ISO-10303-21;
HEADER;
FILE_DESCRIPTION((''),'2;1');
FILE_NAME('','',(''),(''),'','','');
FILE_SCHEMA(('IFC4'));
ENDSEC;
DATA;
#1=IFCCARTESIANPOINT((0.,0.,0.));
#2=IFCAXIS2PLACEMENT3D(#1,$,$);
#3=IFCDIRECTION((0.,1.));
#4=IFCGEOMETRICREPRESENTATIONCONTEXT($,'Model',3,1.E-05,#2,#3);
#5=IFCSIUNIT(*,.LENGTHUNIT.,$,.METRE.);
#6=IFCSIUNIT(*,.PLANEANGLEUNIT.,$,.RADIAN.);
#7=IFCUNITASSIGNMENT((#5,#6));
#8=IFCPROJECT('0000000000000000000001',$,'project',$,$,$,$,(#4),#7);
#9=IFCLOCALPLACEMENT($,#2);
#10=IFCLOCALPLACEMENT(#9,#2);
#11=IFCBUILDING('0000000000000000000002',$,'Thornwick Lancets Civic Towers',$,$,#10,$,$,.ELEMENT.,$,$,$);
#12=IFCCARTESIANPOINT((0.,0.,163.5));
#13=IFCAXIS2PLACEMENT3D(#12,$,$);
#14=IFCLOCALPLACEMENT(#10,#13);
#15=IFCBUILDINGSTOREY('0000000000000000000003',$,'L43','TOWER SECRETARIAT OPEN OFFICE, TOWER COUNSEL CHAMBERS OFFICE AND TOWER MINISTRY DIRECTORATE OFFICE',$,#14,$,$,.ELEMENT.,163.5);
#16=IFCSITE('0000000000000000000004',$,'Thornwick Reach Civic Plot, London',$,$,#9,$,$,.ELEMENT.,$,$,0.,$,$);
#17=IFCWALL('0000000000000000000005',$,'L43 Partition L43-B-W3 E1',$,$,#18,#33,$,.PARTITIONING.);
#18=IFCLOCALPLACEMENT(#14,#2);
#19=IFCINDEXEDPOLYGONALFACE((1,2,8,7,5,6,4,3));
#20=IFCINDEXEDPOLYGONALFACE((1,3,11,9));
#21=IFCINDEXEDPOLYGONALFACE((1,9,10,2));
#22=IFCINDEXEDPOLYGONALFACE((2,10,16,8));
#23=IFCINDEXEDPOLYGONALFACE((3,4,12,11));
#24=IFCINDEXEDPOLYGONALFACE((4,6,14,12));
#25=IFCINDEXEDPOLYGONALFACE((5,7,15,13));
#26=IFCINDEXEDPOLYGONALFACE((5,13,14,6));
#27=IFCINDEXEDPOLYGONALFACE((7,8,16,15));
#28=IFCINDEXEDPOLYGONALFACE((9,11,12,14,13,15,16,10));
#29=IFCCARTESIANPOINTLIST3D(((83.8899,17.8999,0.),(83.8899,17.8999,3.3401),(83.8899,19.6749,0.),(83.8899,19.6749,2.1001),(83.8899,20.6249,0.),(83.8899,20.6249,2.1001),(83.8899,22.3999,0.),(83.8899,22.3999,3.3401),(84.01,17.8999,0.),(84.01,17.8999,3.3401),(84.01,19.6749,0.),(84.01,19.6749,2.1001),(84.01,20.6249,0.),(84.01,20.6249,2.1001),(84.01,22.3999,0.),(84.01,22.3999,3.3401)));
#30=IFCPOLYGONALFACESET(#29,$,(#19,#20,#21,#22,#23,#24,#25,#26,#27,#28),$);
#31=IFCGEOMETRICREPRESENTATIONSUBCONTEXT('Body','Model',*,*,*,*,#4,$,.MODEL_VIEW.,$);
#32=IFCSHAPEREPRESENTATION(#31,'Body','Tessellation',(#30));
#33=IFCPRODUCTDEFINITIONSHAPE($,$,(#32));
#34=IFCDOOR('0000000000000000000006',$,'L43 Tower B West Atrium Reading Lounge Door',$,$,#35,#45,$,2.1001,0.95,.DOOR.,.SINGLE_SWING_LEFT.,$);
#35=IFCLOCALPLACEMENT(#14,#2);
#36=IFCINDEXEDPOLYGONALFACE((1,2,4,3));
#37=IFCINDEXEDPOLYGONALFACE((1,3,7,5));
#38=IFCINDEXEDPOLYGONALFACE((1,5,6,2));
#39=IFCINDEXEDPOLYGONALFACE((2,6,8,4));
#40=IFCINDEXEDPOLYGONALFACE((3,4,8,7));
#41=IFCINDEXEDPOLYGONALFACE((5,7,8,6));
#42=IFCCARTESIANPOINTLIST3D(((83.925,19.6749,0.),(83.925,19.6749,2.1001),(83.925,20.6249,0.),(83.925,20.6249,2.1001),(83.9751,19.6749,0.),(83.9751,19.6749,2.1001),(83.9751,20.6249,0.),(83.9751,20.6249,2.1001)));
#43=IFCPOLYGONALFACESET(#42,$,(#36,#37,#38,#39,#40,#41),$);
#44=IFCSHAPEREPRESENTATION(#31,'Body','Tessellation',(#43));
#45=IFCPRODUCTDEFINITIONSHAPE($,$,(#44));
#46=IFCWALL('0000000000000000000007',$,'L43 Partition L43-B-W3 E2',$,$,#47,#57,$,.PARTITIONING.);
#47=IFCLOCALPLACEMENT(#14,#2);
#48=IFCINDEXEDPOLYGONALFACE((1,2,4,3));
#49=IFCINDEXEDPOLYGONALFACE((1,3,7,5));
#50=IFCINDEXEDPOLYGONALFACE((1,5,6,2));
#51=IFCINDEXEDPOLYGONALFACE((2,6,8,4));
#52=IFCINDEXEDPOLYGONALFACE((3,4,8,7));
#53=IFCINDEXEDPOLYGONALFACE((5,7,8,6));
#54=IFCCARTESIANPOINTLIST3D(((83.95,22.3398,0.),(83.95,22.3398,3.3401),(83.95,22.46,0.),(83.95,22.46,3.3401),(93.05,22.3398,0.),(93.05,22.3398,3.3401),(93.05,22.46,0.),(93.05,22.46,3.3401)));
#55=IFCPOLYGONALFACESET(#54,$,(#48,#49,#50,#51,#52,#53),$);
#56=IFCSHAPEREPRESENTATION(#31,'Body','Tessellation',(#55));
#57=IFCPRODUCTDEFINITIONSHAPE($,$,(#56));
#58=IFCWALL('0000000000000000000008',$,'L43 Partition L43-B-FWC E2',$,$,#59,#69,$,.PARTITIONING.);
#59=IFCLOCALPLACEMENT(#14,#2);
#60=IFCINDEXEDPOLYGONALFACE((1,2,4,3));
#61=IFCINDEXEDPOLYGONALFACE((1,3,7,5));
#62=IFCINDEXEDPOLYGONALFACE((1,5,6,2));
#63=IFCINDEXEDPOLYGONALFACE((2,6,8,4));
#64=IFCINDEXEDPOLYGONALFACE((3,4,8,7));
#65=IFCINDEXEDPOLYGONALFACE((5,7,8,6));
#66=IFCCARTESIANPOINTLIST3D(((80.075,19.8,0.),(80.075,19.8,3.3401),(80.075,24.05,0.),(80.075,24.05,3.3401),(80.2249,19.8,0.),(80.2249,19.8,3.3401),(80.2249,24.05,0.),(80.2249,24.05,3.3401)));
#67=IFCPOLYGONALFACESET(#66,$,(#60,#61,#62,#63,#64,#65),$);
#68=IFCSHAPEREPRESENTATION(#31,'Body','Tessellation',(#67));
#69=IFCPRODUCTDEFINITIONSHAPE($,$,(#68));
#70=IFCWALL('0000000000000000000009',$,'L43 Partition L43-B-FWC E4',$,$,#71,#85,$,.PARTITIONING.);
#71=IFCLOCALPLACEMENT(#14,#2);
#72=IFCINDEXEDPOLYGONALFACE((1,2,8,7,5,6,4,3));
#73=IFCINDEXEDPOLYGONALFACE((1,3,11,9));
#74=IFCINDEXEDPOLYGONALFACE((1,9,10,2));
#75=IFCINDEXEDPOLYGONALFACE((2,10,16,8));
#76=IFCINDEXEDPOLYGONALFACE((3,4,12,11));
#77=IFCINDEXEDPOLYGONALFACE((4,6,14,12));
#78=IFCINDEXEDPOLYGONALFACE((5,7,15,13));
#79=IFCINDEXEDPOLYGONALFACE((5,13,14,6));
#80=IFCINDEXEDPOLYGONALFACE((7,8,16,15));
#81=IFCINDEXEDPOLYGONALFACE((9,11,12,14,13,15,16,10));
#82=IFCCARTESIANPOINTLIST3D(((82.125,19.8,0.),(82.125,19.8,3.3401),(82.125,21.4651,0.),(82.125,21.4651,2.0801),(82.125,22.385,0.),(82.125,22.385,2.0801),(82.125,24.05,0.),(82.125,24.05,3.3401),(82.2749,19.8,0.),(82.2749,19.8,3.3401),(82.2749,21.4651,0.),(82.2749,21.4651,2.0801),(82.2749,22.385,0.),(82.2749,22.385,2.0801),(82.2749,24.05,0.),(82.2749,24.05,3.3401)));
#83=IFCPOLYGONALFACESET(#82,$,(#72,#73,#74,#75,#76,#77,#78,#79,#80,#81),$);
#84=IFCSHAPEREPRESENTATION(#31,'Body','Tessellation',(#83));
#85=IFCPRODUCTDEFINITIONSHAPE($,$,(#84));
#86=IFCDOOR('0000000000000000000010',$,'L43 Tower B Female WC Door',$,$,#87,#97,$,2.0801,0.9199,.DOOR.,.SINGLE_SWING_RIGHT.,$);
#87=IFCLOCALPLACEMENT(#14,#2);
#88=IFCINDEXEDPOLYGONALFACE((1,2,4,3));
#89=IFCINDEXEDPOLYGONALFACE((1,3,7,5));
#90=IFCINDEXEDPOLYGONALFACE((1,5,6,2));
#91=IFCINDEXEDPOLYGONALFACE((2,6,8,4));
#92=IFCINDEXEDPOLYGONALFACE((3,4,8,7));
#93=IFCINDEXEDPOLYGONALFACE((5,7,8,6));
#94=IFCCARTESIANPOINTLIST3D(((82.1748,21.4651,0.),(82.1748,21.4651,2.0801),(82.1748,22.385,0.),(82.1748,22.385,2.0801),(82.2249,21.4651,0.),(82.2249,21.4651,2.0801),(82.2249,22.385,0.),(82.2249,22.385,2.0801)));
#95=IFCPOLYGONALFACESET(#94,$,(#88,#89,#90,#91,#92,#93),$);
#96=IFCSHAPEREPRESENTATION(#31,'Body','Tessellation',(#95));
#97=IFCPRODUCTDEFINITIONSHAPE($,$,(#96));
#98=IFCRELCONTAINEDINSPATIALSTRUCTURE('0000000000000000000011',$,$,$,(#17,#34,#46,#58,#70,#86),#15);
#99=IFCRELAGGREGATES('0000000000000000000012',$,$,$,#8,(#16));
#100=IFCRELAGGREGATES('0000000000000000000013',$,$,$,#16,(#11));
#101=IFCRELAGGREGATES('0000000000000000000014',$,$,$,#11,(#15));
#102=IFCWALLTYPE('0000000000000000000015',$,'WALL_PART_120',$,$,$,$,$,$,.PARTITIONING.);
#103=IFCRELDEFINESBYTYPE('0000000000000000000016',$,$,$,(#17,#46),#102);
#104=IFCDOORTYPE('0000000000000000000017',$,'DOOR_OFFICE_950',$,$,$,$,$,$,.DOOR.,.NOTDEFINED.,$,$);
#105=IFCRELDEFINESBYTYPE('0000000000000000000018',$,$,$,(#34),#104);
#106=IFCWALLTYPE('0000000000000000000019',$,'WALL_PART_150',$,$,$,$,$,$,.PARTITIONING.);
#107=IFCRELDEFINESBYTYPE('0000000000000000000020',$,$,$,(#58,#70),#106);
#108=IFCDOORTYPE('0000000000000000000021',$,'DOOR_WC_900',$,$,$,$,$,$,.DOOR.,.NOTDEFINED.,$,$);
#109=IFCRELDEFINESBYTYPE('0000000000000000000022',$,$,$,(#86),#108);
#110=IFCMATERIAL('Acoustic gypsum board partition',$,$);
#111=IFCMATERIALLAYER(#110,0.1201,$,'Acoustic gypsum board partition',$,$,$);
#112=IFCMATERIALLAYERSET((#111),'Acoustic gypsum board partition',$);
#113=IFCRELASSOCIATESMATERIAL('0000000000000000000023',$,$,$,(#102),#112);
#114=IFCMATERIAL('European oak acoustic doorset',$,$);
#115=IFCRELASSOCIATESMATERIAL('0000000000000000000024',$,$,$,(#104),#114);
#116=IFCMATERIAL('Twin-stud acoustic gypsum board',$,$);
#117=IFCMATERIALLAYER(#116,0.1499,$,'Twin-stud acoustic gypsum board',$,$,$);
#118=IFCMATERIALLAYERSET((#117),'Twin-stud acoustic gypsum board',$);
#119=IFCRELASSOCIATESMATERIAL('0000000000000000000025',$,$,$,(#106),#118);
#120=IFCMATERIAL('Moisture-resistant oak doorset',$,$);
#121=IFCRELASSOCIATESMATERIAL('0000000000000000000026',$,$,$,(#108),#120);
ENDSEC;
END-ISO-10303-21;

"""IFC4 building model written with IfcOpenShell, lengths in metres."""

from ifc_helpers import new_model, si_unit, direction, frame, frame_2d, origin, place, context, subcontext, project, spatial, rectangle, extrude, material, layer, layer_set, type_object, element, fill, save


model = new_model("IFC4")

# Units and contexts
model_context = context("Model", 3, precision=1e-05, world=origin(), true_north=direction((0.0, 1.0)))
body_context = subcontext(model_context, "Body", "Model", "MODEL_VIEW")
ifc_project = project(units=[si_unit("LENGTHUNIT", "METRE"), si_unit("PLANEANGLEUNIT", "RADIAN")], contexts=[model_context])

# Site, building, storey
site_placement = place(None, origin())
site = spatial("IfcSite", under=ifc_project, at=site_placement, Name="Thornwick Reach Civic Plot, London", CompositionType="ELEMENT", RefElevation=0.0)
building_placement = place(site_placement, origin())
building = spatial("IfcBuilding", under=site, at=building_placement, Name="Thornwick Lancets Civic Towers", CompositionType="ELEMENT")
storey_placement = place(building_placement, frame((0.0, 0.0, 163.5)))
storey = spatial("IfcBuildingStorey", under=building, at=storey_placement, Name="L43", Description="TOWER SECRETARIAT OPEN OFFICE, TOWER COUNSEL CHAMBERS OFFICE AND TOWER MINISTRY DIRECTORATE OFFICE", CompositionType="ELEMENT", Elevation=163.5)

# Wall, opening, door
ifc_material_1 = material(Name="Acoustic gypsum board partition")
ifc_layer_1 = layer(ifc_material_1, 0.1201, Name="Acoustic gypsum board partition")
ifc_layer_set_1 = layer_set([ifc_layer_1], Name="Acoustic gypsum board partition")
wall_type_1 = type_object("IfcWallType", Name="WALL_PART_120", PredefinedType="PARTITIONING", material=ifc_layer_set_1)
wall_1_placement = place(storey_placement, frame((83.95, 17.8999, 0.0), z_axis=(0.0, 0.0, 1.0), x_axis=(0.0, 1.0, 0.0)))
wall_1 = element("IfcWall", 1, at=wall_1_placement, inside=storey, type_object=wall_type_1, Name="L43 Partition L43-B-W3 E1", PredefinedType="PARTITIONING", context=body_context, shape_type="SweptSolid", body=[
    extrude(rectangle(XDim=4.5, YDim=0.1201, at=frame_2d((2.25, 0.0))), origin(), (0.0, 0.0, 1.0), 3.3401),
])
opening_1_placement = place(wall_1_placement, frame((1.7749, 0.0, 0.0)))
opening_1 = element("IfcOpeningElement", 2, at=opening_1_placement, cuts=wall_1, PredefinedType="OPENING", context=body_context, shape_type="SweptSolid", body=[
    extrude(rectangle(XDim=0.95, YDim=2.1001, at=frame_2d((0.4751, 1.05))), frame((0.0, 0.0701, 0.0), z_axis=(0.0, -1.0, 0.0), x_axis=(1.0, 0.0, 0.0)), (0.0, 0.0, 1.0), 0.1401),
])
ifc_material_2 = material(Name="European oak acoustic doorset")
door_type_1 = type_object("IfcDoorType", Name="DOOR_OFFICE_950", OperationType="NOTDEFINED", PredefinedType="DOOR", material=ifc_material_2)
door_1_placement = place(opening_1_placement, origin())
door_1 = element("IfcDoor", 3, at=door_1_placement, inside=storey, type_object=door_type_1, Name="L43 Tower B West Atrium Reading Lounge Door", OperationType="SINGLE_SWING_LEFT", OverallHeight=2.1001, OverallWidth=0.95, PredefinedType="DOOR", context=body_context, shape_type="SweptSolid", body=[
    extrude(rectangle(XDim=0.95, YDim=2.1001, at=frame_2d((0.4751, 1.05))), frame((0.0, 0.0249, 0.0), z_axis=(0.0, -1.0, 0.0), x_axis=(1.0, 0.0, 0.0)), (0.0, 0.0, 1.0), 0.05),
])
fill(opening_1, door_1)

# Walls
wall_2_placement = place(storey_placement, frame((83.95, 22.3999, 0.0), z_axis=(0.0, 0.0, 1.0), x_axis=(1.0, 0.0, 0.0)))
element("IfcWall", 4, at=wall_2_placement, inside=storey, type_object=wall_type_1, Name="L43 Partition L43-B-W3 E2", PredefinedType="PARTITIONING", context=body_context, shape_type="SweptSolid", body=[
    extrude(rectangle(XDim=9.1001, YDim=0.1201, at=frame_2d((4.55, 0.0))), origin(), (0.0, 0.0, 1.0), 3.3401),
])
ifc_material_3 = material(Name="Twin-stud acoustic gypsum board")
ifc_layer_2 = layer(ifc_material_3, 0.1499, Name="Twin-stud acoustic gypsum board")
ifc_layer_set_2 = layer_set([ifc_layer_2], Name="Twin-stud acoustic gypsum board")
wall_type_2 = type_object("IfcWallType", Name="WALL_PART_150", PredefinedType="PARTITIONING", material=ifc_layer_set_2)
wall_3_placement = place(storey_placement, frame((80.1499, 19.8, 0.0), z_axis=(0.0, 0.0, 1.0), x_axis=(0.0, 1.0, 0.0)))
element("IfcWall", 5, at=wall_3_placement, inside=storey, type_object=wall_type_2, Name="L43 Partition L43-B-FWC E2", PredefinedType="PARTITIONING", context=body_context, shape_type="SweptSolid", body=[
    extrude(rectangle(XDim=4.25, YDim=0.1499, at=frame_2d((2.125, 0.0))), origin(), (0.0, 0.0, 1.0), 3.3401),
])

# Wall, opening, door
wall_4_placement = place(storey_placement, frame((82.2, 24.05, 0.0), z_axis=(0.0, 0.0, 1.0), x_axis=(0.0, -1.0, 0.0)))
wall_4 = element("IfcWall", 6, at=wall_4_placement, inside=storey, type_object=wall_type_2, Name="L43 Partition L43-B-FWC E4", PredefinedType="PARTITIONING", context=body_context, shape_type="SweptSolid", body=[
    extrude(rectangle(XDim=4.25, YDim=0.1499, at=frame_2d((2.125, 0.0))), origin(), (0.0, 0.0, 1.0), 3.3401),
])
opening_2_placement = place(wall_4_placement, frame((1.665, 0.0, 0.0)))
opening_2 = element("IfcOpeningElement", 7, at=opening_2_placement, cuts=wall_4, PredefinedType="OPENING", context=body_context, shape_type="SweptSolid", body=[
    extrude(rectangle(XDim=0.9199, YDim=2.0801, at=frame_2d((0.46, 1.04))), frame((0.0, 0.085, 0.0), z_axis=(0.0, -1.0, 0.0), x_axis=(1.0, 0.0, 0.0)), (0.0, 0.0, 1.0), 0.1699),
])
ifc_material_4 = material(Name="Moisture-resistant oak doorset")
door_type_2 = type_object("IfcDoorType", Name="DOOR_WC_900", OperationType="NOTDEFINED", PredefinedType="DOOR", material=ifc_material_4)
door_2_placement = place(opening_2_placement, origin())
door_2 = element("IfcDoor", 8, at=door_2_placement, inside=storey, type_object=door_type_2, Name="L43 Tower B Female WC Door", OperationType="SINGLE_SWING_RIGHT", OverallHeight=2.0801, OverallWidth=0.9199, PredefinedType="DOOR", context=body_context, shape_type="SweptSolid", body=[
    extrude(rectangle(XDim=0.9199, YDim=2.0801, at=frame_2d((0.46, 1.04))), frame((0.0, 0.0249, 0.0), z_axis=(0.0, -1.0, 0.0), x_axis=(1.0, 0.0, 0.0)), (0.0, 0.0, 1.0), 0.05),
])
fill(opening_2, door_2)

save(model, "model.ifc")
